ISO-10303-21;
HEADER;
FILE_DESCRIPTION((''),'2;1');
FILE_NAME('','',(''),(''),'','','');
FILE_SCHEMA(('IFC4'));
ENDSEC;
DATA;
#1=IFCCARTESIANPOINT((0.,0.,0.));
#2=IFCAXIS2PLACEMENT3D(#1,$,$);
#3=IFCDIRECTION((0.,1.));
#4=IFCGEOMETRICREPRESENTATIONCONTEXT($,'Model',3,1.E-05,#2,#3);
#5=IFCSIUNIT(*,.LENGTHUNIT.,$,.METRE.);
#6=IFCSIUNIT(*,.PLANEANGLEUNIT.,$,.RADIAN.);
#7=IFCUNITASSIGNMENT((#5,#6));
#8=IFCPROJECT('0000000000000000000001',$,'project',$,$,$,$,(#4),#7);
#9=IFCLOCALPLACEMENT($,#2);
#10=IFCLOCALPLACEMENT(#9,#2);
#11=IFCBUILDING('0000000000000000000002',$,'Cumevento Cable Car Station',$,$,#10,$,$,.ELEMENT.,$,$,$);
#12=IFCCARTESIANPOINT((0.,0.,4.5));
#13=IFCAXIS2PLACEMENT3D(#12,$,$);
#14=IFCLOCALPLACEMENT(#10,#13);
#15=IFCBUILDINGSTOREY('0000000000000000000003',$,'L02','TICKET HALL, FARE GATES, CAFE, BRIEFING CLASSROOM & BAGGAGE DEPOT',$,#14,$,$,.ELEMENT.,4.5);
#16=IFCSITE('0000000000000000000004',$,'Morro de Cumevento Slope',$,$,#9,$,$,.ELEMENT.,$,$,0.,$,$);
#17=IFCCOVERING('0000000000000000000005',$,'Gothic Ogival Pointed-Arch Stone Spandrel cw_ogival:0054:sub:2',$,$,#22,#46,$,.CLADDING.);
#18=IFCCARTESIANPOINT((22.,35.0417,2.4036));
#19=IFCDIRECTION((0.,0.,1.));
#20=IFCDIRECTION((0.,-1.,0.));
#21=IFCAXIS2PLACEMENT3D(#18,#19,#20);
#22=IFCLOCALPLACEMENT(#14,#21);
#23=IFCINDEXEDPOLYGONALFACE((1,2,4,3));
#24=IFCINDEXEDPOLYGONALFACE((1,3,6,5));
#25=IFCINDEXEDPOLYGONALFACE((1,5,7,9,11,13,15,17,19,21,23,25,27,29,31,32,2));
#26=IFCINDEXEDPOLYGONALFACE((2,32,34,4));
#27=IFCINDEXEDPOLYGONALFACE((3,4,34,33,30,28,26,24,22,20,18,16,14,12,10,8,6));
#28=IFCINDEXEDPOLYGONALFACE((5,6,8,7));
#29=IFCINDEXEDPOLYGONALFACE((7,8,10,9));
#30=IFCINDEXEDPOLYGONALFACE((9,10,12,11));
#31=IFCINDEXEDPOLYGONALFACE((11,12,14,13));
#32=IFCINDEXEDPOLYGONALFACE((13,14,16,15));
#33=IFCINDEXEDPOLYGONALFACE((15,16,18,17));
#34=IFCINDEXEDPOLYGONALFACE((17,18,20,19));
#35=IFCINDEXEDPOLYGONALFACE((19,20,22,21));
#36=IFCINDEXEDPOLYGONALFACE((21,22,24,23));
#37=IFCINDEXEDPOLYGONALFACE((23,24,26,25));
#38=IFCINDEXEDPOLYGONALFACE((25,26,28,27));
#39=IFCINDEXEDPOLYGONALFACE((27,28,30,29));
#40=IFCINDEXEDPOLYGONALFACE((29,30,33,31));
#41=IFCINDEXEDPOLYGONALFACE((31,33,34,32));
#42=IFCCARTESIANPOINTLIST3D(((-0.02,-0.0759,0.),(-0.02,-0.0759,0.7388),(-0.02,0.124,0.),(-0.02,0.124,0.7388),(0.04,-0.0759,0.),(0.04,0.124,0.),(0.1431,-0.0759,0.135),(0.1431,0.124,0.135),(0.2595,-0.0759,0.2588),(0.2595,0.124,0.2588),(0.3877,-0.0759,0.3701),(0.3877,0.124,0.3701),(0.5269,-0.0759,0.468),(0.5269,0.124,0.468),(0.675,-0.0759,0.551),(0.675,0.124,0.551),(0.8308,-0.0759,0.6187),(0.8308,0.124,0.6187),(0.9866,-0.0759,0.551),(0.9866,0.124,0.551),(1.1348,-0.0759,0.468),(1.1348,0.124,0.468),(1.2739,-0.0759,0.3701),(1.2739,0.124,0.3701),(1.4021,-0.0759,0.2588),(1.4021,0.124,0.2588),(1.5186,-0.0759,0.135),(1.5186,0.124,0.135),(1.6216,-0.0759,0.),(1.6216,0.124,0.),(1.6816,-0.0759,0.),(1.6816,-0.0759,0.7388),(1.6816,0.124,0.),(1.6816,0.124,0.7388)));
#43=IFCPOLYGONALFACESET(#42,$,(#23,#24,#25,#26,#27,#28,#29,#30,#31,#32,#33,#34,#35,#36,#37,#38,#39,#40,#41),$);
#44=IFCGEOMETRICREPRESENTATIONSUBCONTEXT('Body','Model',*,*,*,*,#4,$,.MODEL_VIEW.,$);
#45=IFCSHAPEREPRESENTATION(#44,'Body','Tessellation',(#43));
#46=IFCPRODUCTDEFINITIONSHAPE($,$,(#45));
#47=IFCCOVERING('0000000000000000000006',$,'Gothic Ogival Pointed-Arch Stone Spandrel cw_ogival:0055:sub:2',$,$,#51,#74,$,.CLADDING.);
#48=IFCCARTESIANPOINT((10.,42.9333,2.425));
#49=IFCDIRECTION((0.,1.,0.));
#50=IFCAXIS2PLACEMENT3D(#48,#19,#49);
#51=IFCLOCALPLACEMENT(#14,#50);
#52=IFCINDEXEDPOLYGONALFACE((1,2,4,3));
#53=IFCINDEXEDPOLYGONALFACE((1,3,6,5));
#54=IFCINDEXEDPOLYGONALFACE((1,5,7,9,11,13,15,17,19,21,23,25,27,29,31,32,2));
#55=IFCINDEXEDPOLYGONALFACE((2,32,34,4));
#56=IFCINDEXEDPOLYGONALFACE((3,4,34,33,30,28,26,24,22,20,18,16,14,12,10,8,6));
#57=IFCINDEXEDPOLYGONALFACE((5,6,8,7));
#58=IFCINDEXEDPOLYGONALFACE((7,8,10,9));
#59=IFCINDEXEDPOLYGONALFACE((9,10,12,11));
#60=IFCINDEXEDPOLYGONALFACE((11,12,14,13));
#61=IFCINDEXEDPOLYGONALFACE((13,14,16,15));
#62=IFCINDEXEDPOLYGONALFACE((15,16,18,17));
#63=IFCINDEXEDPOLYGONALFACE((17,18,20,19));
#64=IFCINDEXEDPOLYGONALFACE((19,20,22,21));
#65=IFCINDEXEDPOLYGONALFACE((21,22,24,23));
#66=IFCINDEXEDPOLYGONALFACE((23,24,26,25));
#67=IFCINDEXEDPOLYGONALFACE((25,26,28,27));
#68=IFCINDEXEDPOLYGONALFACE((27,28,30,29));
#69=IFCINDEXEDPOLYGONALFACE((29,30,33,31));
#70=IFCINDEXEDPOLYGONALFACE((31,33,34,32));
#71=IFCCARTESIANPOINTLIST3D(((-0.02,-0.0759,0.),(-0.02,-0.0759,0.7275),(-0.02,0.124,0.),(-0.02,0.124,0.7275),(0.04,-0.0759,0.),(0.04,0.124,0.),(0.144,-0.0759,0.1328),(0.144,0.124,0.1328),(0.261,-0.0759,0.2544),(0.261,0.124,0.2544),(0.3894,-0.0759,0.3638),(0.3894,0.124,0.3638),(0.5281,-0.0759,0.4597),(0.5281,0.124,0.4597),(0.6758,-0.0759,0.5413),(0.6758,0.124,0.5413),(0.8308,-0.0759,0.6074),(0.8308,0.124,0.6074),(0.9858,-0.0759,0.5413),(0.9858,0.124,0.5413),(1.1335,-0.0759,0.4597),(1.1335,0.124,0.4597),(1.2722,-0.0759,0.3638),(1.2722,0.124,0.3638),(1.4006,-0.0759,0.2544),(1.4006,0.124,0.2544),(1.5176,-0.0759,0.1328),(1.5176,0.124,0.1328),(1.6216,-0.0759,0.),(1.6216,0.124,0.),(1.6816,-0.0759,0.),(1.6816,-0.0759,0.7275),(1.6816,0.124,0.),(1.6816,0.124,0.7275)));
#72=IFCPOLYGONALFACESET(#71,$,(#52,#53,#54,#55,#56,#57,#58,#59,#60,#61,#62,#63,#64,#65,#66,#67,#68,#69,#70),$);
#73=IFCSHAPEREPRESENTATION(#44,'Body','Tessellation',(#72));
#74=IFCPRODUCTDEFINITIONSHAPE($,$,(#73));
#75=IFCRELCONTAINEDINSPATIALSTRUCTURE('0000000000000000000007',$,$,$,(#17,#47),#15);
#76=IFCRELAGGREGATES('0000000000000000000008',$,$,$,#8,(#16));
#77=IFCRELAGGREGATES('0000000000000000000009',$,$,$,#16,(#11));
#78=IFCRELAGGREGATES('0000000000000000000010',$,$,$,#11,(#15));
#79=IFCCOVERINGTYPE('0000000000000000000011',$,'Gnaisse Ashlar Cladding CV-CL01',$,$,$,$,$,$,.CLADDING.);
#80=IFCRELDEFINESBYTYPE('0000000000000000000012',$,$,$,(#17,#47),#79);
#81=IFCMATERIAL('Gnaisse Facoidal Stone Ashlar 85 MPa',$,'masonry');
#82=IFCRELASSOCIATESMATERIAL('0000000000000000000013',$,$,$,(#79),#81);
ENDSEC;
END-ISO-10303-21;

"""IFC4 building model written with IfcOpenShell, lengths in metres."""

from ifc_helpers import new_model, si_unit, direction, frame, origin, place, context, subcontext, project, spatial, polyline, outline, extrude, material, type_object, element, save


model = new_model("IFC4")

# Units and contexts
model_context = context("Model", 3, precision=1e-05, world=origin(), true_north=direction((0.0, 1.0)))
body_context = subcontext(model_context, "Body", "Model", "MODEL_VIEW")
ifc_project = project(units=[si_unit("LENGTHUNIT", "METRE"), si_unit("PLANEANGLEUNIT", "RADIAN")], contexts=[model_context])

# Site, building, storey
site_placement = place(None, origin())
site = spatial("IfcSite", under=ifc_project, at=site_placement, Name="Morro de Cumevento Slope", CompositionType="ELEMENT", RefElevation=0.0)
building_placement = place(site_placement, origin())
building = spatial("IfcBuilding", under=site, at=building_placement, Name="Cumevento Cable Car Station", CompositionType="ELEMENT")
storey_placement = place(building_placement, frame((0.0, 0.0, 4.5)))
storey = spatial("IfcBuildingStorey", under=building, at=storey_placement, Name="L02", Description="TICKET HALL, FARE GATES, CAFE, BRIEFING CLASSROOM & BAGGAGE DEPOT", CompositionType="ELEMENT", Elevation=4.5)

# Coverings
ifc_material_1 = material(Name="Gnaisse Facoidal Stone Ashlar 85 MPa", Category="masonry")
covering_type = type_object("IfcCoveringType", Name="Gnaisse Ashlar Cladding CV-CL01", PredefinedType="CLADDING", material=ifc_material_1)
covering_1_placement = place(storey_placement, frame((22.0, 35.0417, 2.4036), z_axis=(0.0, 0.0, 1.0), x_axis=(0.0, -1.0, 0.0)))
element("IfcCovering", 1, at=covering_1_placement, inside=storey, type_object=covering_type, Name="Gothic Ogival Pointed-Arch Stone Spandrel cw_ogival:0054:sub:2", PredefinedType="CLADDING", context=body_context, shape_type="SweptSolid", body=[
    extrude(outline(polyline([(-0.02, 0.0), (-0.02, 0.7388), (1.6816, 0.7388), (1.6816, 0.0), (1.6216, 0.0), (1.5186, 0.135), (1.4021, 0.2588), (1.2739, 0.3701), (1.1348, 0.468), (0.9866, 0.551), (0.8308, 0.6187), (0.675, 0.551), (0.5269, 0.468), (0.3877, 0.3701), (0.2595, 0.2588), (0.1431, 0.135), (0.04, 0.0), (-0.02, 0.0)])), frame((0.0, 0.124, 0.0), z_axis=(0.0, -1.0, 0.0), x_axis=(1.0, 0.0, 0.0)), (0.0, 0.0, 1.0), 0.2),
])
covering_2_placement = place(storey_placement, frame((10.0, 42.9333, 2.425), z_axis=(0.0, 0.0, 1.0), x_axis=(0.0, 1.0, 0.0)))
element("IfcCovering", 2, at=covering_2_placement, inside=storey, type_object=covering_type, Name="Gothic Ogival Pointed-Arch Stone Spandrel cw_ogival:0055:sub:2", PredefinedType="CLADDING", context=body_context, shape_type="SweptSolid", body=[
    extrude(outline(polyline([(-0.02, 0.0), (-0.02, 0.7275), (1.6816, 0.7275), (1.6816, 0.0), (1.6216, 0.0), (1.5176, 0.1328), (1.4006, 0.2544), (1.2722, 0.3638), (1.1335, 0.4597), (0.9858, 0.5413), (0.8308, 0.6074), (0.6758, 0.5413), (0.5281, 0.4597), (0.3894, 0.3638), (0.261, 0.2544), (0.144, 0.1328), (0.04, 0.0), (-0.02, 0.0)])), frame((0.0, 0.124, 0.0), z_axis=(0.0, -1.0, 0.0), x_axis=(1.0, 0.0, 0.0)), (0.0, 0.0, 1.0), 0.2),
])

save(model, "model.ifc")
